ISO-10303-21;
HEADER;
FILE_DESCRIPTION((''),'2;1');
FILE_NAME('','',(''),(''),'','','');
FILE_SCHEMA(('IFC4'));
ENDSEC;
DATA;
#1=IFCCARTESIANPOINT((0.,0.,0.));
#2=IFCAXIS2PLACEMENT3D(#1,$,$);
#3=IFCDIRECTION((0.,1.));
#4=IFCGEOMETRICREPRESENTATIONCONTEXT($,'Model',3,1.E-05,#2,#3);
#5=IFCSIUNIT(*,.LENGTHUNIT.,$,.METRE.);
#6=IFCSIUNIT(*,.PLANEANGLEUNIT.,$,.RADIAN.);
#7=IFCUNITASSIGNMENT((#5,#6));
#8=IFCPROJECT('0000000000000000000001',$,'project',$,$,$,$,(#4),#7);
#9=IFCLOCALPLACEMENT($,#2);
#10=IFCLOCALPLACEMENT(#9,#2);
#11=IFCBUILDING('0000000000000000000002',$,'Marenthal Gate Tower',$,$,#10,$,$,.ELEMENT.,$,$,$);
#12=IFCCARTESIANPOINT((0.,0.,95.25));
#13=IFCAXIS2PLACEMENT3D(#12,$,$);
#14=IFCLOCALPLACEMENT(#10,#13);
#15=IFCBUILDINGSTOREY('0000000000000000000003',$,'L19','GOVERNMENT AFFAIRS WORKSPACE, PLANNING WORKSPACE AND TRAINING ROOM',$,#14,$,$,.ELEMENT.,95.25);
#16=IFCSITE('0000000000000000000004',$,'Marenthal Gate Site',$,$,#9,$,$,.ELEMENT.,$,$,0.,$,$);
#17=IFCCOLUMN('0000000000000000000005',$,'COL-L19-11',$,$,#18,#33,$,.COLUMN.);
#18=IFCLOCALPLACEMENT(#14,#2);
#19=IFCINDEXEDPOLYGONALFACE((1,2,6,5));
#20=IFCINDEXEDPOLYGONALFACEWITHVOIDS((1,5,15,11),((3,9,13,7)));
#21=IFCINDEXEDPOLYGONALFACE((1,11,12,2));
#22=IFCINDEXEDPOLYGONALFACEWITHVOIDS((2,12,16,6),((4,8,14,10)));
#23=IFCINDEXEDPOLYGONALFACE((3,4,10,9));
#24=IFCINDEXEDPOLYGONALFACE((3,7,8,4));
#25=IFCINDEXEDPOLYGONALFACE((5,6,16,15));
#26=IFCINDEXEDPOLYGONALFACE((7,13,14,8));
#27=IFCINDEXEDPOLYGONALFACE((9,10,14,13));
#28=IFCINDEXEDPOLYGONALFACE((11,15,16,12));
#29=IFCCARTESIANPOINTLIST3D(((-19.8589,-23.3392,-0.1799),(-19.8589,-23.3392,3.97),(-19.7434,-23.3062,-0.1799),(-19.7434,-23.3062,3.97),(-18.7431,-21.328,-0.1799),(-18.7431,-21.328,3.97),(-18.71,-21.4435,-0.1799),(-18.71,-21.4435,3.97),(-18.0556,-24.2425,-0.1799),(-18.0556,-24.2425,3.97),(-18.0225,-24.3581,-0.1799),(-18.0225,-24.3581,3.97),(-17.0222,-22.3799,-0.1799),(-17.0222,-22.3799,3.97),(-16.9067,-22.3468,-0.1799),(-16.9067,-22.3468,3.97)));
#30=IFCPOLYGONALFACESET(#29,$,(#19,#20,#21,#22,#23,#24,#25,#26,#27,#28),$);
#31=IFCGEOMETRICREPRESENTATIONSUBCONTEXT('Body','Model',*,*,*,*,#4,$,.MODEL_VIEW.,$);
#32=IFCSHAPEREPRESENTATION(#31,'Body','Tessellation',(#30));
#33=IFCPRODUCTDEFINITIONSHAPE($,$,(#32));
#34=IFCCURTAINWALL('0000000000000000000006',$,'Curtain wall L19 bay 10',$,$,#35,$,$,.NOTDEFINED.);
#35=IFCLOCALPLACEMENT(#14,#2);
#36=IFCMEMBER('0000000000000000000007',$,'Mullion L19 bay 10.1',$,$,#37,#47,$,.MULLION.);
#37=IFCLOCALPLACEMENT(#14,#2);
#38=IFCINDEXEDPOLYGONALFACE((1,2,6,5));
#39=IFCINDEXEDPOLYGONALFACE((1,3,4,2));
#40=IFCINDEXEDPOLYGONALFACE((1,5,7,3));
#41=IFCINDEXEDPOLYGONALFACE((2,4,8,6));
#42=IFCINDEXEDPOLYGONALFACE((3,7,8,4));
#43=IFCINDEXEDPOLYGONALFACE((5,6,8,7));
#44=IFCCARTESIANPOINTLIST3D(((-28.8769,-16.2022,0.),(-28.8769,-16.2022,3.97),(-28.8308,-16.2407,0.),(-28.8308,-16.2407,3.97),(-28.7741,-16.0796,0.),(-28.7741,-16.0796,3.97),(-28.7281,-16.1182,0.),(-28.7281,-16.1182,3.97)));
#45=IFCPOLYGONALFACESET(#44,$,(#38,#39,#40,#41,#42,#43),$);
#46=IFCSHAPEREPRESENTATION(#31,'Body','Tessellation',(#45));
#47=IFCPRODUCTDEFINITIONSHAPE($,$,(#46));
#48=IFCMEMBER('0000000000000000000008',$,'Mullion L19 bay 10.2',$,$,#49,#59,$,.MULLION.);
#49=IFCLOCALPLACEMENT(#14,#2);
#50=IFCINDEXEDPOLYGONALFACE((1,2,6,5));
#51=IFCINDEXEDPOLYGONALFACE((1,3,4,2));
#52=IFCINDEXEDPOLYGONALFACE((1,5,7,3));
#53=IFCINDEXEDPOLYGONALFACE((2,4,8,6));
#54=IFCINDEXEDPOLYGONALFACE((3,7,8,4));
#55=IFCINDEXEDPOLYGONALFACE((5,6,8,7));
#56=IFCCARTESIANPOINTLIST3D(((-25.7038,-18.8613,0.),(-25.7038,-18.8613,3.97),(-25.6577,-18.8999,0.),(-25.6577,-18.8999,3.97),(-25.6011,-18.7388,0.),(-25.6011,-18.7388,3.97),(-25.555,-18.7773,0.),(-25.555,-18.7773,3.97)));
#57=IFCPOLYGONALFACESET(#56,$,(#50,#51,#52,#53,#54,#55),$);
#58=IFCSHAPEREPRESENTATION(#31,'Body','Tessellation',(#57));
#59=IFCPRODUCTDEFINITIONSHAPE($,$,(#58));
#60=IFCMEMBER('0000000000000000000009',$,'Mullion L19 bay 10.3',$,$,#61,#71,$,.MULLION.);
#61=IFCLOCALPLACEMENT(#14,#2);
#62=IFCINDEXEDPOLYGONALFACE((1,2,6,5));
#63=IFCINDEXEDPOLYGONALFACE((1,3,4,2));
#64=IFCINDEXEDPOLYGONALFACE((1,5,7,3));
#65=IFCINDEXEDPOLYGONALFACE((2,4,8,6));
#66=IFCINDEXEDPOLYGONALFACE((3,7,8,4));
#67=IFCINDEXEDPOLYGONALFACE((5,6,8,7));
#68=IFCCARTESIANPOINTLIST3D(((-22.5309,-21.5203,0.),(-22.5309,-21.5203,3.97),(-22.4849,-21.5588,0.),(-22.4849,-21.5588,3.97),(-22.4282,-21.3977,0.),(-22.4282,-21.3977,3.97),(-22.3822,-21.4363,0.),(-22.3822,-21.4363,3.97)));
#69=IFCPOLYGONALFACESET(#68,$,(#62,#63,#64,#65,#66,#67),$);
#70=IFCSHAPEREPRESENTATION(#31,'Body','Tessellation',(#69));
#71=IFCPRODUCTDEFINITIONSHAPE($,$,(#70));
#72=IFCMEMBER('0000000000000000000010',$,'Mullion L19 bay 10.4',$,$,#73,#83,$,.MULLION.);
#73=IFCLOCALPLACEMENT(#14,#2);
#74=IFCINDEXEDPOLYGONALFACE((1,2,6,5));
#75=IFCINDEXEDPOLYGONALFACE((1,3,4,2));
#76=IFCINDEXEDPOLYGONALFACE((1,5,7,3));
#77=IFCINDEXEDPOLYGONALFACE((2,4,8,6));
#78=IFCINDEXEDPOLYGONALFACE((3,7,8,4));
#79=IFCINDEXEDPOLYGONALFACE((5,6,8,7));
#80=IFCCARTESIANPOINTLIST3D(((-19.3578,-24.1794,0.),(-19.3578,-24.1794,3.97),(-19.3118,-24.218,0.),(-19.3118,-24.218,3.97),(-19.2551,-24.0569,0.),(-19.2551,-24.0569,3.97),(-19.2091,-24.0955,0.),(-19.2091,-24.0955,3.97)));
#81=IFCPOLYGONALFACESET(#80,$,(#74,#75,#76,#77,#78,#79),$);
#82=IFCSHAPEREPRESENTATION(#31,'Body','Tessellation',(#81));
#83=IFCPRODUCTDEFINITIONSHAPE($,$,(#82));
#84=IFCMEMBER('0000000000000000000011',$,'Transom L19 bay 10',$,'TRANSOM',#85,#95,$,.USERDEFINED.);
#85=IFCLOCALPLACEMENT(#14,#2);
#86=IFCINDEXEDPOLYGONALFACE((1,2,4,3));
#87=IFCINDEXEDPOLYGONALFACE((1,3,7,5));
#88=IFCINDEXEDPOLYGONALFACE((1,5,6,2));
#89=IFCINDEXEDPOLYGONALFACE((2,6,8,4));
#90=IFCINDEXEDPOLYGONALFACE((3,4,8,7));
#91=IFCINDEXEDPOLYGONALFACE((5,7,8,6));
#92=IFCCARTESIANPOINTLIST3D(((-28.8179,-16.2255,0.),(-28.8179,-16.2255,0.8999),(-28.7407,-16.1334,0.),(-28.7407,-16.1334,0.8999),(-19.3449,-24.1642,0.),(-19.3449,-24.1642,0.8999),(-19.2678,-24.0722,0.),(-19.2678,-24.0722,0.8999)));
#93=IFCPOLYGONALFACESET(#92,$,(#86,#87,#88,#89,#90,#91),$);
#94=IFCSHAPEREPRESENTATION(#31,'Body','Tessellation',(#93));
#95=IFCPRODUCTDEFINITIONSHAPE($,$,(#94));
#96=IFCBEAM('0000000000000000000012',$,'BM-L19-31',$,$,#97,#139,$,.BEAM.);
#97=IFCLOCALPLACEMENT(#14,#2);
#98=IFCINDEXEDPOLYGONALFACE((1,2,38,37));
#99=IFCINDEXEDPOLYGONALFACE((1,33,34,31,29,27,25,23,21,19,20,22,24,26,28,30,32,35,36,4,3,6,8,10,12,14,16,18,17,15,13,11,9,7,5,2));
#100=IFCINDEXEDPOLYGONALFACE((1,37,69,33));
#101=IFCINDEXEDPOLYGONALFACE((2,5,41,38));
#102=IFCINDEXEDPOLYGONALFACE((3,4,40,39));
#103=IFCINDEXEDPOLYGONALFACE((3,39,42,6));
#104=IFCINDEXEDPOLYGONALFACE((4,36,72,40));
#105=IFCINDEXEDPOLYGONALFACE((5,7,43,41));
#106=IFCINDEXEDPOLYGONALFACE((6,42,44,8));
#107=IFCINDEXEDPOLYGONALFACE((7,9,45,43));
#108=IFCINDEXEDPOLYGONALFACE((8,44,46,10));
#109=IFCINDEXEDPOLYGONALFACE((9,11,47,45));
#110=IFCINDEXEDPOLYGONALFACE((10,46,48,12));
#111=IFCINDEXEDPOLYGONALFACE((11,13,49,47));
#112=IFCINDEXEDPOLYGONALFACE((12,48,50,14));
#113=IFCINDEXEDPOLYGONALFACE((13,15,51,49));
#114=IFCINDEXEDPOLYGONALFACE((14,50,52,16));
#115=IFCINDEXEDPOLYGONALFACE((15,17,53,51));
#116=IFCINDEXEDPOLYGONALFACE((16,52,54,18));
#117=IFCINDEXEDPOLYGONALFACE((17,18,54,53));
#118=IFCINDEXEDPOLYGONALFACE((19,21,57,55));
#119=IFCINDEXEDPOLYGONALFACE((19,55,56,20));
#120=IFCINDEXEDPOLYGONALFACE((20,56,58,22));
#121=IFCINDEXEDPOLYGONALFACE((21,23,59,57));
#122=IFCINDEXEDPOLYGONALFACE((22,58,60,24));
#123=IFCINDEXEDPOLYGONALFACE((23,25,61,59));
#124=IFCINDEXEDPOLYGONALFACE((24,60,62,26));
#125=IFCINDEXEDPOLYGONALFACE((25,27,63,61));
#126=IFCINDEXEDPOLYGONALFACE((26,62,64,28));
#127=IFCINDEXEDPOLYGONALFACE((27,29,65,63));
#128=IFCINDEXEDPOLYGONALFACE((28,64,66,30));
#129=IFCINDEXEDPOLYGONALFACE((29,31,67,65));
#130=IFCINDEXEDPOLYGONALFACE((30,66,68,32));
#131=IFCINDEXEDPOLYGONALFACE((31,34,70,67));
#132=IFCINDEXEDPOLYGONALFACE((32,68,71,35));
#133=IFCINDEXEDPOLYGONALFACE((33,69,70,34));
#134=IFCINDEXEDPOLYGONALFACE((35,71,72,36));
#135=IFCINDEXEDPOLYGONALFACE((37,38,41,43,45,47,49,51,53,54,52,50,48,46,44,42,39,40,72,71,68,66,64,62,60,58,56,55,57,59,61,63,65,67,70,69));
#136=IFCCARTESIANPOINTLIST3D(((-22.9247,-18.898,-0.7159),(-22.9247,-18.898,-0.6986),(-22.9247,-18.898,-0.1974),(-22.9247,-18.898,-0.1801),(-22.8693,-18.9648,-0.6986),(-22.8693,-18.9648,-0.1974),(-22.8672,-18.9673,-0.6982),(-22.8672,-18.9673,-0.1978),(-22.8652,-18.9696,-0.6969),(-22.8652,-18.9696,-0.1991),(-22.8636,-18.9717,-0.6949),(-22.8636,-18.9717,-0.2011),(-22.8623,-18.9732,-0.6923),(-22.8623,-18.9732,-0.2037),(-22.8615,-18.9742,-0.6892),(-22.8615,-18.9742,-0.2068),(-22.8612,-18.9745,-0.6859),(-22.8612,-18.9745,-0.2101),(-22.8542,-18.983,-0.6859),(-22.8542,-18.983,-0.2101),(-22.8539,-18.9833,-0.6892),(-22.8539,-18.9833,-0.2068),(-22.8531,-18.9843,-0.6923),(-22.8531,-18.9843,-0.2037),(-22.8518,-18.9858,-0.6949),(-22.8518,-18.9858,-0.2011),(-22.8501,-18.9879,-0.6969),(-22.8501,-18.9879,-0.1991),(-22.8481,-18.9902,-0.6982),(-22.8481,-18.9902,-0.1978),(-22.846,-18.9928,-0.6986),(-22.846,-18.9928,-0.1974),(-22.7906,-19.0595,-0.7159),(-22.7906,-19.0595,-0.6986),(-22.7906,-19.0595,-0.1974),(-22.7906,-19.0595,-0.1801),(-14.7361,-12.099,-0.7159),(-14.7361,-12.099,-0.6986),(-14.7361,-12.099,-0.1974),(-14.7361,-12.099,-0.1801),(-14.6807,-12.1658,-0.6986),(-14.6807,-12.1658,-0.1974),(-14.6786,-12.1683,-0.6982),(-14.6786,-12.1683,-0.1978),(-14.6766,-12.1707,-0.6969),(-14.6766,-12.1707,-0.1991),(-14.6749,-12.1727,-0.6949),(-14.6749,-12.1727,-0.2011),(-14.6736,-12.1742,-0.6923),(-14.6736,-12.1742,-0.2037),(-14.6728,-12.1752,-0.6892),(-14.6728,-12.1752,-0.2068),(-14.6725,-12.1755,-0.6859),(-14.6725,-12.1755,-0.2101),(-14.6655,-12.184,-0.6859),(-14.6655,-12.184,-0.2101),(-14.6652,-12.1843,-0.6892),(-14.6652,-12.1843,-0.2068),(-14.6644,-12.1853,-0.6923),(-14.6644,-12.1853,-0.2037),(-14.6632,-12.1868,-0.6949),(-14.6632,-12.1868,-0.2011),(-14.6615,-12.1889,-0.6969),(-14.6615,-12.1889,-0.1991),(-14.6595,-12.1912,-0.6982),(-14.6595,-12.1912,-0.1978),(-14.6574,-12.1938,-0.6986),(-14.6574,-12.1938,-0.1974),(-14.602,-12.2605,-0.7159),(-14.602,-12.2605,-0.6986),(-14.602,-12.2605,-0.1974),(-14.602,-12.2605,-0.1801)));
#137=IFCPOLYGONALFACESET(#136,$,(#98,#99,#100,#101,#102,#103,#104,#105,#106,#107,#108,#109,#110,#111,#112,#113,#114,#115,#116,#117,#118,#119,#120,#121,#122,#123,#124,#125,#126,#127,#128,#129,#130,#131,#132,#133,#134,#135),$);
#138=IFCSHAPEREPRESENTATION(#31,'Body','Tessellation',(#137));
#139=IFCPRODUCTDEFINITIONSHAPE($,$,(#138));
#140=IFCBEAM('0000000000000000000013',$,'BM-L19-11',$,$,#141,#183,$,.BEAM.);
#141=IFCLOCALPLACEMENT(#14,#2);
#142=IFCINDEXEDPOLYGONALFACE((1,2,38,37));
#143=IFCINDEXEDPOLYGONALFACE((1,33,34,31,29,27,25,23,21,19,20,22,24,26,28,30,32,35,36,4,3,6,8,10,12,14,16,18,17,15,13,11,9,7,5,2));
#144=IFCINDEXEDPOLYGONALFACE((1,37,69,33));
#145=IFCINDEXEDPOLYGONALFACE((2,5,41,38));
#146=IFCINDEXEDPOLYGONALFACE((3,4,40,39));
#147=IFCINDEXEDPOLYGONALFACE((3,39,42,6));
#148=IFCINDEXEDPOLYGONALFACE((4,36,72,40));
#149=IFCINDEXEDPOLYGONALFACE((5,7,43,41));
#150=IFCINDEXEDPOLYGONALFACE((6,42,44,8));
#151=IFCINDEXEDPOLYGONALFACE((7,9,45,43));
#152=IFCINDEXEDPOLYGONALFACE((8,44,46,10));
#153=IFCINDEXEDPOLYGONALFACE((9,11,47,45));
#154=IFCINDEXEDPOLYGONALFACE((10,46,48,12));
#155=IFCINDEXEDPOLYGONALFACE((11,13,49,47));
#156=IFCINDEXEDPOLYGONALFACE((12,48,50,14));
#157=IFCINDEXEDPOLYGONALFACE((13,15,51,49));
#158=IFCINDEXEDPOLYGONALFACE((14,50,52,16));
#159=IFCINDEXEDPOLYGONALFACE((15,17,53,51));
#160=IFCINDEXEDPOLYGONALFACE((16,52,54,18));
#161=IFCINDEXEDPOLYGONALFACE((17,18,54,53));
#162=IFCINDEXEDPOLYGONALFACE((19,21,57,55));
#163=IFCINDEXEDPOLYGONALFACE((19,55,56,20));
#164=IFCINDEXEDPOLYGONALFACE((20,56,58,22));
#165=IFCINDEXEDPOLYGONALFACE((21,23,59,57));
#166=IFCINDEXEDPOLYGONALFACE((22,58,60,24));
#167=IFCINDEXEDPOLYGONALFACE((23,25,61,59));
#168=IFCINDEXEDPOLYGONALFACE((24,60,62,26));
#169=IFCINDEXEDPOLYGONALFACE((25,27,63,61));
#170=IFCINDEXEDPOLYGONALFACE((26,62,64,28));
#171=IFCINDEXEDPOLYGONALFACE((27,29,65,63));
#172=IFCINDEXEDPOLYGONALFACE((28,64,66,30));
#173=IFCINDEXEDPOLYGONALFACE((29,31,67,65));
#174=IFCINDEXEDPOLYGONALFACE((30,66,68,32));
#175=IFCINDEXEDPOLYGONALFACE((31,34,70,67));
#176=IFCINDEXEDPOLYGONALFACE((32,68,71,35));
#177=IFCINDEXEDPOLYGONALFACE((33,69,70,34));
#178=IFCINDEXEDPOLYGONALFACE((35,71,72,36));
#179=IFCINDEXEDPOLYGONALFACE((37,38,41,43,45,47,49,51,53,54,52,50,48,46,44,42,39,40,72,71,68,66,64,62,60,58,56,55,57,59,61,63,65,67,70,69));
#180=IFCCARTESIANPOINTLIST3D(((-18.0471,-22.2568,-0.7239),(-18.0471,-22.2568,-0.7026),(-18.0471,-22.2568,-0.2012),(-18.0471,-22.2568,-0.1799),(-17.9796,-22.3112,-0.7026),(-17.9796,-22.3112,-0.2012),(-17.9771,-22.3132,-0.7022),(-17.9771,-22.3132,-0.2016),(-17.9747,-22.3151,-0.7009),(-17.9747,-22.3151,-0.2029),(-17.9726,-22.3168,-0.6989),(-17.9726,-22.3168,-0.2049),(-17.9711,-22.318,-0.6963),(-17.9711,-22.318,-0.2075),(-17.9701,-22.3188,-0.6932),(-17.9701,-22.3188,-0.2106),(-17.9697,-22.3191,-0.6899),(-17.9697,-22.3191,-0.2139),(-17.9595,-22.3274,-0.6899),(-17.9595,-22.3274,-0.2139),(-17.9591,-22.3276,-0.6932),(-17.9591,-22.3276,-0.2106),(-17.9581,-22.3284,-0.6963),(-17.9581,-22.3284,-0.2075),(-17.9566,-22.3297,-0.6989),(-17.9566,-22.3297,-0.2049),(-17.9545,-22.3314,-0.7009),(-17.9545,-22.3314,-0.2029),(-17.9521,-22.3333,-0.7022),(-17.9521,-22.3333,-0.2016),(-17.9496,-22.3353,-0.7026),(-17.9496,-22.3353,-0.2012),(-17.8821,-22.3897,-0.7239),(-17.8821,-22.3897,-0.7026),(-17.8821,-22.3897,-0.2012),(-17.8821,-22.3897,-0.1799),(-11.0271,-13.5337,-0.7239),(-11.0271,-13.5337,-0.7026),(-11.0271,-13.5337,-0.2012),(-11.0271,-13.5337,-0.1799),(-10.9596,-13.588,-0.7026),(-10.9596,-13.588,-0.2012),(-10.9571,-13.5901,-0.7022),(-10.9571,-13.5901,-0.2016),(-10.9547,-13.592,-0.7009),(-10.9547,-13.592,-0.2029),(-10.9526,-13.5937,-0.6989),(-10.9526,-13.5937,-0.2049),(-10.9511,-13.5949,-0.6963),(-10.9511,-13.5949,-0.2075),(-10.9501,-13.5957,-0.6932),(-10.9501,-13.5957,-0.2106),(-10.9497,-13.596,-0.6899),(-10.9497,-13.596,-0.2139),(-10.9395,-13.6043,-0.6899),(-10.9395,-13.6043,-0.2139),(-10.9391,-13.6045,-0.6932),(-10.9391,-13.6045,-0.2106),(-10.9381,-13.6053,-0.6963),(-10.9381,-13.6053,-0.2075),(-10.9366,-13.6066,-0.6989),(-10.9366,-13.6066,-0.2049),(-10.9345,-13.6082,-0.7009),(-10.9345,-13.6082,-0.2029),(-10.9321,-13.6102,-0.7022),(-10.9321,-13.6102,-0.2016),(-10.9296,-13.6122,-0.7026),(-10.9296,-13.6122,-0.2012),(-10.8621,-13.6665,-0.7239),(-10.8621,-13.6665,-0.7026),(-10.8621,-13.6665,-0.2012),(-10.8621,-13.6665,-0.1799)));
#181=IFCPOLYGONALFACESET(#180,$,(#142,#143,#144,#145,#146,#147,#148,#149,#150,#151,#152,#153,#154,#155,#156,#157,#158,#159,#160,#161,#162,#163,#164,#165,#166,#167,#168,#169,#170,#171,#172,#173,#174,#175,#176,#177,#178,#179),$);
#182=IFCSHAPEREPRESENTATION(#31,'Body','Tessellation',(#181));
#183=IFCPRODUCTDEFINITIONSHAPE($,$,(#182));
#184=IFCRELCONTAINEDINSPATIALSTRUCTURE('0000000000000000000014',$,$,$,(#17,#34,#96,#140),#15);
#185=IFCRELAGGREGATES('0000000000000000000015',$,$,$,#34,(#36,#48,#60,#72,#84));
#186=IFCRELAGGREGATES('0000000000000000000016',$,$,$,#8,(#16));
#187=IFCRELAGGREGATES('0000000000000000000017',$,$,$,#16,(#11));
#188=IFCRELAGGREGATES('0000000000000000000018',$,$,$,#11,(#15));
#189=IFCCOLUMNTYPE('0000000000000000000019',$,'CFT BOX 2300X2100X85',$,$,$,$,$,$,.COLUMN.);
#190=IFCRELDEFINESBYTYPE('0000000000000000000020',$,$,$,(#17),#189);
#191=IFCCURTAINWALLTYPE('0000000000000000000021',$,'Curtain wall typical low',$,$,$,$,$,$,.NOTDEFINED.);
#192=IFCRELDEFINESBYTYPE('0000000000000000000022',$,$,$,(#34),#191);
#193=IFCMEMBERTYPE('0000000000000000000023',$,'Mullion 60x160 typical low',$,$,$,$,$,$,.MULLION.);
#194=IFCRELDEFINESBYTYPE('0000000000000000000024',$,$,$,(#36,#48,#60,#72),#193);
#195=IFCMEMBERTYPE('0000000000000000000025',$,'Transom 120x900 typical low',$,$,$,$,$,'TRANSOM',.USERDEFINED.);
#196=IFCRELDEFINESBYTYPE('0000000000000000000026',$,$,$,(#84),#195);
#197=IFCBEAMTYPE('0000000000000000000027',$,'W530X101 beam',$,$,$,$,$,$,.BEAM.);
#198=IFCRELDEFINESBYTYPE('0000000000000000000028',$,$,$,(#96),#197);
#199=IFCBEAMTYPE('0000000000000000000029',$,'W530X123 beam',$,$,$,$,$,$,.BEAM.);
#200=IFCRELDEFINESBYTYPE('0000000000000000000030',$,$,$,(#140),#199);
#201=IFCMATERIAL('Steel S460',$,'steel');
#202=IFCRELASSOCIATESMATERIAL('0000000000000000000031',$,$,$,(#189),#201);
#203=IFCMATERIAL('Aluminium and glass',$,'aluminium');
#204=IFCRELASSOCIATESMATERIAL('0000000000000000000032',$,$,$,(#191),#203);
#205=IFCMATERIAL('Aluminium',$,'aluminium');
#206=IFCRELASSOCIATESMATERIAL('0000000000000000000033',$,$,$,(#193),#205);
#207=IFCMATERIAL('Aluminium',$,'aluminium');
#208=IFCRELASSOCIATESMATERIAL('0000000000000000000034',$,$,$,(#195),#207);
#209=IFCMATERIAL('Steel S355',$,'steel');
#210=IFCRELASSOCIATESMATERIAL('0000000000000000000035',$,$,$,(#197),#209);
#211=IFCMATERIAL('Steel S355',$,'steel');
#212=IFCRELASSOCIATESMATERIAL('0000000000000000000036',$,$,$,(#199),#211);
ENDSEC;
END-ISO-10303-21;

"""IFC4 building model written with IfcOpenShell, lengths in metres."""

from ifc_helpers import new_model, si_unit, direction, frame, origin, origin_2d, place, context, subcontext, project, spatial, rectangle, hollow_rectangle, i_section, extrude, material, material_profile, profile_set, type_object, element, aggregate, save


model = new_model("IFC4")

# Units and contexts
model_context = context("Model", 3, precision=1e-05, world=origin(), true_north=direction((0.0, 1.0)))
body_context = subcontext(model_context, "Body", "Model", "MODEL_VIEW")
ifc_project = project(units=[si_unit("LENGTHUNIT", "METRE"), si_unit("PLANEANGLEUNIT", "RADIAN")], contexts=[model_context])

# Site, building, storey
site_placement = place(None, origin())
site = spatial("IfcSite", under=ifc_project, at=site_placement, Name="Marenthal Gate Site", CompositionType="ELEMENT", RefElevation=0.0)
building_placement = place(site_placement, origin())
building = spatial("IfcBuilding", under=site, at=building_placement, Name="Marenthal Gate Tower", CompositionType="ELEMENT")
storey_placement = place(building_placement, frame((0.0, 0.0, 95.25)))
storey = spatial("IfcBuildingStorey", under=building, at=storey_placement, Name="L19", Description="GOVERNMENT AFFAIRS WORKSPACE, PLANNING WORKSPACE AND TRAINING ROOM", CompositionType="ELEMENT", Elevation=95.25)

# Column
ifc_material_1 = material(Name="Steel S460", Category="steel")
ifc_material_profile_1 = material_profile(ifc_material_1, hollow_rectangle(XDim=2.1001, YDim=2.3, WallThickness=0.085, at=origin_2d()), Name="CFT BOX 2300X2100X85")
ifc_material_2 = material(Name="Concrete 70 MPa", Category="concrete")
ifc_material_profile_2 = material_profile(ifc_material_2, rectangle(XDim=1.9299, YDim=2.1299, at=origin_2d()), Name="CFT BOX 2300X2100X85 INFILL")
ifc_profile_set_1 = profile_set([ifc_material_profile_1, ifc_material_profile_2], Name="Steel S460 shell, Concrete 70 MPa infill")
column_type = type_object("IfcColumnType", Name="CFT BOX 2300X2100X85", PredefinedType="COLUMN", material=ifc_profile_set_1)
column_placement = place(storey_placement, frame((-18.3828, -22.843, -0.1799), z_axis=(0.0, 0.0, 1.0), x_axis=(-0.874442, 0.48513, 0.0)))
element("IfcColumn", 1, at=column_placement, inside=storey, type_object=column_type, Name="COL-L19-11", PredefinedType="COLUMN", context=body_context, shape_type="SweptSolid", body=[
    extrude(hollow_rectangle(XDim=2.1001, YDim=2.3, WallThickness=0.085, at=origin_2d()), origin(), (0.0, 0.0, 1.0), 4.1499),
])

# Curtain wall, members
ifc_material_3 = material(Name="Aluminium and glass", Category="aluminium")
curtain_wall_type = type_object("IfcCurtainWallType", Name="Curtain wall typical low", PredefinedType="NOTDEFINED", material=ifc_material_3)
curtain_wall_placement = place(storey_placement, origin())
curtain_wall = element("IfcCurtainWall", 2, at=curtain_wall_placement, inside=storey, type_object=curtain_wall_type, Name="Curtain wall L19 bay 10", PredefinedType="NOTDEFINED")
ifc_material_4 = material(Name="Aluminium", Category="aluminium")
ifc_material_profile_3 = material_profile(ifc_material_4, rectangle(XDim=0.1599, YDim=0.0601, at=origin_2d()), Name="60x160 aluminium mullion")
ifc_profile_set_2 = profile_set([ifc_material_profile_3], Name="Aluminium")
member_type_1 = type_object("IfcMemberType", Name="Mullion 60x160 typical low", PredefinedType="MULLION", material=ifc_profile_set_2)
member_1_placement = place(storey_placement, frame((-28.8025, -16.1602, 0.0), z_axis=(0.0, 0.0, 1.0), x_axis=(0.642308, 0.766447, 0.0)))
member_1 = element("IfcMember", 3, at=member_1_placement, type_object=member_type_1, Name="Mullion L19 bay 10.1", PredefinedType="MULLION", context=body_context, shape_type="SweptSolid", body=[
    extrude(rectangle(XDim=0.1599, YDim=0.0601, at=origin_2d()), origin(), (0.0, 0.0, 1.0), 3.97),
])
member_2_placement = place(storey_placement, frame((-25.6294, -18.8193, 0.0), z_axis=(0.0, 0.0, 1.0), x_axis=(0.642308, 0.766447, 0.0)))
member_2 = element("IfcMember", 4, at=member_2_placement, type_object=member_type_1, Name="Mullion L19 bay 10.2", PredefinedType="MULLION", context=body_context, shape_type="SweptSolid", body=[
    extrude(rectangle(XDim=0.1599, YDim=0.0601, at=origin_2d()), origin(), (0.0, 0.0, 1.0), 3.97),
])
member_3_placement = place(storey_placement, frame((-22.4565, -21.4783, 0.0), z_axis=(0.0, 0.0, 1.0), x_axis=(0.642308, 0.766447, 0.0)))
member_3 = element("IfcMember", 5, at=member_3_placement, type_object=member_type_1, Name="Mullion L19 bay 10.3", PredefinedType="MULLION", context=body_context, shape_type="SweptSolid", body=[
    extrude(rectangle(XDim=0.1599, YDim=0.0601, at=origin_2d()), origin(), (0.0, 0.0, 1.0), 3.97),
])
member_4_placement = place(storey_placement, frame((-19.2834, -24.1375, 0.0), z_axis=(0.0, 0.0, 1.0), x_axis=(0.642308, 0.766447, 0.0)))
member_4 = element("IfcMember", 6, at=member_4_placement, type_object=member_type_1, Name="Mullion L19 bay 10.4", PredefinedType="MULLION", context=body_context, shape_type="SweptSolid", body=[
    extrude(rectangle(XDim=0.1599, YDim=0.0601, at=origin_2d()), origin(), (0.0, 0.0, 1.0), 3.97),
])
ifc_material_5 = material(Name="Aluminium", Category="aluminium")
ifc_material_profile_4 = material_profile(ifc_material_5, rectangle(XDim=0.1201, YDim=0.8999, at=origin_2d()), Name="120x900 aluminium transom")
ifc_profile_set_3 = profile_set([ifc_material_profile_4], Name="Aluminium")
member_type_2 = type_object("IfcMemberType", Name="Transom 120x900 typical low", ElementType="TRANSOM", PredefinedType="USERDEFINED", material=ifc_profile_set_3)
member_5_placement = place(storey_placement, frame((-28.7793, -16.1794, 0.45), z_axis=(0.766442, -0.642313, 0.0), x_axis=(0.642313, 0.766442, 0.0)))
member_5 = element("IfcMember", 7, at=member_5_placement, type_object=member_type_2, Name="Transom L19 bay 10", ObjectType="TRANSOM", PredefinedType="USERDEFINED", context=body_context, shape_type="SweptSolid", body=[
    extrude(rectangle(XDim=0.1201, YDim=0.8999, at=origin_2d()), origin(), (0.0, 0.0, 1.0), 12.3596),
])

# Beams
ifc_material_6 = material(Name="Steel S355", Category="steel")
ifc_material_profile_5 = material_profile(ifc_material_6, i_section(OverallWidth=0.21, OverallDepth=0.5359, WebThickness=0.011, FlangeThickness=0.0173, FilletRadius=0.0127, at=origin_2d()), Name="W530X101")
ifc_profile_set_4 = profile_set([ifc_material_profile_5], Name="Steel S355")
beam_type_1 = type_object("IfcBeamType", Name="W530X101 beam", PredefinedType="BEAM", material=ifc_profile_set_4)
beam_1_placement = place(storey_placement, frame((-22.8577, -18.9788, -0.448), z_axis=(0.769369, 0.638805, 0.0), x_axis=(-0.638805, 0.769369, 0.0)))
element("IfcBeam", 8, at=beam_1_placement, inside=storey, type_object=beam_type_1, Name="BM-L19-31", PredefinedType="BEAM", context=body_context, shape_type="SweptSolid", body=[
    extrude(i_section(OverallWidth=0.21, OverallDepth=0.5359, WebThickness=0.011, FlangeThickness=0.0173, FilletRadius=0.0127, at=origin_2d()), origin(), (0.0, 0.0, 1.0), 10.6433),
])
ifc_material_7 = material(Name="Steel S355", Category="steel")
ifc_material_profile_6 = material_profile(ifc_material_7, i_section(OverallWidth=0.2119, OverallDepth=0.5439, WebThickness=0.0132, FlangeThickness=0.0212, FilletRadius=0.0127, at=origin_2d()), Name="W530X123")
ifc_profile_set_5 = profile_set([ifc_material_profile_6], Name="Steel S355")
beam_type_2 = type_object("IfcBeamType", Name="W530X123 beam", PredefinedType="BEAM", material=ifc_profile_set_5)
beam_2_placement = place(storey_placement, frame((-17.9646, -22.3232, -0.4519), z_axis=(0.626953, 0.779057, 0.0), x_axis=(-0.779057, 0.626953, 0.0)))
element("IfcBeam", 9, at=beam_2_placement, inside=storey, type_object=beam_type_2, Name="BM-L19-11", PredefinedType="BEAM", context=body_context, shape_type="SweptSolid", body=[
    extrude(i_section(OverallWidth=0.2119, OverallDepth=0.5439, WebThickness=0.0132, FlangeThickness=0.0212, FilletRadius=0.0127, at=origin_2d()), origin(), (0.0, 0.0, 1.0), 11.197),
])

aggregate(curtain_wall, [member_1, member_2, member_3, member_4, member_5])

save(model, "model.ifc")
